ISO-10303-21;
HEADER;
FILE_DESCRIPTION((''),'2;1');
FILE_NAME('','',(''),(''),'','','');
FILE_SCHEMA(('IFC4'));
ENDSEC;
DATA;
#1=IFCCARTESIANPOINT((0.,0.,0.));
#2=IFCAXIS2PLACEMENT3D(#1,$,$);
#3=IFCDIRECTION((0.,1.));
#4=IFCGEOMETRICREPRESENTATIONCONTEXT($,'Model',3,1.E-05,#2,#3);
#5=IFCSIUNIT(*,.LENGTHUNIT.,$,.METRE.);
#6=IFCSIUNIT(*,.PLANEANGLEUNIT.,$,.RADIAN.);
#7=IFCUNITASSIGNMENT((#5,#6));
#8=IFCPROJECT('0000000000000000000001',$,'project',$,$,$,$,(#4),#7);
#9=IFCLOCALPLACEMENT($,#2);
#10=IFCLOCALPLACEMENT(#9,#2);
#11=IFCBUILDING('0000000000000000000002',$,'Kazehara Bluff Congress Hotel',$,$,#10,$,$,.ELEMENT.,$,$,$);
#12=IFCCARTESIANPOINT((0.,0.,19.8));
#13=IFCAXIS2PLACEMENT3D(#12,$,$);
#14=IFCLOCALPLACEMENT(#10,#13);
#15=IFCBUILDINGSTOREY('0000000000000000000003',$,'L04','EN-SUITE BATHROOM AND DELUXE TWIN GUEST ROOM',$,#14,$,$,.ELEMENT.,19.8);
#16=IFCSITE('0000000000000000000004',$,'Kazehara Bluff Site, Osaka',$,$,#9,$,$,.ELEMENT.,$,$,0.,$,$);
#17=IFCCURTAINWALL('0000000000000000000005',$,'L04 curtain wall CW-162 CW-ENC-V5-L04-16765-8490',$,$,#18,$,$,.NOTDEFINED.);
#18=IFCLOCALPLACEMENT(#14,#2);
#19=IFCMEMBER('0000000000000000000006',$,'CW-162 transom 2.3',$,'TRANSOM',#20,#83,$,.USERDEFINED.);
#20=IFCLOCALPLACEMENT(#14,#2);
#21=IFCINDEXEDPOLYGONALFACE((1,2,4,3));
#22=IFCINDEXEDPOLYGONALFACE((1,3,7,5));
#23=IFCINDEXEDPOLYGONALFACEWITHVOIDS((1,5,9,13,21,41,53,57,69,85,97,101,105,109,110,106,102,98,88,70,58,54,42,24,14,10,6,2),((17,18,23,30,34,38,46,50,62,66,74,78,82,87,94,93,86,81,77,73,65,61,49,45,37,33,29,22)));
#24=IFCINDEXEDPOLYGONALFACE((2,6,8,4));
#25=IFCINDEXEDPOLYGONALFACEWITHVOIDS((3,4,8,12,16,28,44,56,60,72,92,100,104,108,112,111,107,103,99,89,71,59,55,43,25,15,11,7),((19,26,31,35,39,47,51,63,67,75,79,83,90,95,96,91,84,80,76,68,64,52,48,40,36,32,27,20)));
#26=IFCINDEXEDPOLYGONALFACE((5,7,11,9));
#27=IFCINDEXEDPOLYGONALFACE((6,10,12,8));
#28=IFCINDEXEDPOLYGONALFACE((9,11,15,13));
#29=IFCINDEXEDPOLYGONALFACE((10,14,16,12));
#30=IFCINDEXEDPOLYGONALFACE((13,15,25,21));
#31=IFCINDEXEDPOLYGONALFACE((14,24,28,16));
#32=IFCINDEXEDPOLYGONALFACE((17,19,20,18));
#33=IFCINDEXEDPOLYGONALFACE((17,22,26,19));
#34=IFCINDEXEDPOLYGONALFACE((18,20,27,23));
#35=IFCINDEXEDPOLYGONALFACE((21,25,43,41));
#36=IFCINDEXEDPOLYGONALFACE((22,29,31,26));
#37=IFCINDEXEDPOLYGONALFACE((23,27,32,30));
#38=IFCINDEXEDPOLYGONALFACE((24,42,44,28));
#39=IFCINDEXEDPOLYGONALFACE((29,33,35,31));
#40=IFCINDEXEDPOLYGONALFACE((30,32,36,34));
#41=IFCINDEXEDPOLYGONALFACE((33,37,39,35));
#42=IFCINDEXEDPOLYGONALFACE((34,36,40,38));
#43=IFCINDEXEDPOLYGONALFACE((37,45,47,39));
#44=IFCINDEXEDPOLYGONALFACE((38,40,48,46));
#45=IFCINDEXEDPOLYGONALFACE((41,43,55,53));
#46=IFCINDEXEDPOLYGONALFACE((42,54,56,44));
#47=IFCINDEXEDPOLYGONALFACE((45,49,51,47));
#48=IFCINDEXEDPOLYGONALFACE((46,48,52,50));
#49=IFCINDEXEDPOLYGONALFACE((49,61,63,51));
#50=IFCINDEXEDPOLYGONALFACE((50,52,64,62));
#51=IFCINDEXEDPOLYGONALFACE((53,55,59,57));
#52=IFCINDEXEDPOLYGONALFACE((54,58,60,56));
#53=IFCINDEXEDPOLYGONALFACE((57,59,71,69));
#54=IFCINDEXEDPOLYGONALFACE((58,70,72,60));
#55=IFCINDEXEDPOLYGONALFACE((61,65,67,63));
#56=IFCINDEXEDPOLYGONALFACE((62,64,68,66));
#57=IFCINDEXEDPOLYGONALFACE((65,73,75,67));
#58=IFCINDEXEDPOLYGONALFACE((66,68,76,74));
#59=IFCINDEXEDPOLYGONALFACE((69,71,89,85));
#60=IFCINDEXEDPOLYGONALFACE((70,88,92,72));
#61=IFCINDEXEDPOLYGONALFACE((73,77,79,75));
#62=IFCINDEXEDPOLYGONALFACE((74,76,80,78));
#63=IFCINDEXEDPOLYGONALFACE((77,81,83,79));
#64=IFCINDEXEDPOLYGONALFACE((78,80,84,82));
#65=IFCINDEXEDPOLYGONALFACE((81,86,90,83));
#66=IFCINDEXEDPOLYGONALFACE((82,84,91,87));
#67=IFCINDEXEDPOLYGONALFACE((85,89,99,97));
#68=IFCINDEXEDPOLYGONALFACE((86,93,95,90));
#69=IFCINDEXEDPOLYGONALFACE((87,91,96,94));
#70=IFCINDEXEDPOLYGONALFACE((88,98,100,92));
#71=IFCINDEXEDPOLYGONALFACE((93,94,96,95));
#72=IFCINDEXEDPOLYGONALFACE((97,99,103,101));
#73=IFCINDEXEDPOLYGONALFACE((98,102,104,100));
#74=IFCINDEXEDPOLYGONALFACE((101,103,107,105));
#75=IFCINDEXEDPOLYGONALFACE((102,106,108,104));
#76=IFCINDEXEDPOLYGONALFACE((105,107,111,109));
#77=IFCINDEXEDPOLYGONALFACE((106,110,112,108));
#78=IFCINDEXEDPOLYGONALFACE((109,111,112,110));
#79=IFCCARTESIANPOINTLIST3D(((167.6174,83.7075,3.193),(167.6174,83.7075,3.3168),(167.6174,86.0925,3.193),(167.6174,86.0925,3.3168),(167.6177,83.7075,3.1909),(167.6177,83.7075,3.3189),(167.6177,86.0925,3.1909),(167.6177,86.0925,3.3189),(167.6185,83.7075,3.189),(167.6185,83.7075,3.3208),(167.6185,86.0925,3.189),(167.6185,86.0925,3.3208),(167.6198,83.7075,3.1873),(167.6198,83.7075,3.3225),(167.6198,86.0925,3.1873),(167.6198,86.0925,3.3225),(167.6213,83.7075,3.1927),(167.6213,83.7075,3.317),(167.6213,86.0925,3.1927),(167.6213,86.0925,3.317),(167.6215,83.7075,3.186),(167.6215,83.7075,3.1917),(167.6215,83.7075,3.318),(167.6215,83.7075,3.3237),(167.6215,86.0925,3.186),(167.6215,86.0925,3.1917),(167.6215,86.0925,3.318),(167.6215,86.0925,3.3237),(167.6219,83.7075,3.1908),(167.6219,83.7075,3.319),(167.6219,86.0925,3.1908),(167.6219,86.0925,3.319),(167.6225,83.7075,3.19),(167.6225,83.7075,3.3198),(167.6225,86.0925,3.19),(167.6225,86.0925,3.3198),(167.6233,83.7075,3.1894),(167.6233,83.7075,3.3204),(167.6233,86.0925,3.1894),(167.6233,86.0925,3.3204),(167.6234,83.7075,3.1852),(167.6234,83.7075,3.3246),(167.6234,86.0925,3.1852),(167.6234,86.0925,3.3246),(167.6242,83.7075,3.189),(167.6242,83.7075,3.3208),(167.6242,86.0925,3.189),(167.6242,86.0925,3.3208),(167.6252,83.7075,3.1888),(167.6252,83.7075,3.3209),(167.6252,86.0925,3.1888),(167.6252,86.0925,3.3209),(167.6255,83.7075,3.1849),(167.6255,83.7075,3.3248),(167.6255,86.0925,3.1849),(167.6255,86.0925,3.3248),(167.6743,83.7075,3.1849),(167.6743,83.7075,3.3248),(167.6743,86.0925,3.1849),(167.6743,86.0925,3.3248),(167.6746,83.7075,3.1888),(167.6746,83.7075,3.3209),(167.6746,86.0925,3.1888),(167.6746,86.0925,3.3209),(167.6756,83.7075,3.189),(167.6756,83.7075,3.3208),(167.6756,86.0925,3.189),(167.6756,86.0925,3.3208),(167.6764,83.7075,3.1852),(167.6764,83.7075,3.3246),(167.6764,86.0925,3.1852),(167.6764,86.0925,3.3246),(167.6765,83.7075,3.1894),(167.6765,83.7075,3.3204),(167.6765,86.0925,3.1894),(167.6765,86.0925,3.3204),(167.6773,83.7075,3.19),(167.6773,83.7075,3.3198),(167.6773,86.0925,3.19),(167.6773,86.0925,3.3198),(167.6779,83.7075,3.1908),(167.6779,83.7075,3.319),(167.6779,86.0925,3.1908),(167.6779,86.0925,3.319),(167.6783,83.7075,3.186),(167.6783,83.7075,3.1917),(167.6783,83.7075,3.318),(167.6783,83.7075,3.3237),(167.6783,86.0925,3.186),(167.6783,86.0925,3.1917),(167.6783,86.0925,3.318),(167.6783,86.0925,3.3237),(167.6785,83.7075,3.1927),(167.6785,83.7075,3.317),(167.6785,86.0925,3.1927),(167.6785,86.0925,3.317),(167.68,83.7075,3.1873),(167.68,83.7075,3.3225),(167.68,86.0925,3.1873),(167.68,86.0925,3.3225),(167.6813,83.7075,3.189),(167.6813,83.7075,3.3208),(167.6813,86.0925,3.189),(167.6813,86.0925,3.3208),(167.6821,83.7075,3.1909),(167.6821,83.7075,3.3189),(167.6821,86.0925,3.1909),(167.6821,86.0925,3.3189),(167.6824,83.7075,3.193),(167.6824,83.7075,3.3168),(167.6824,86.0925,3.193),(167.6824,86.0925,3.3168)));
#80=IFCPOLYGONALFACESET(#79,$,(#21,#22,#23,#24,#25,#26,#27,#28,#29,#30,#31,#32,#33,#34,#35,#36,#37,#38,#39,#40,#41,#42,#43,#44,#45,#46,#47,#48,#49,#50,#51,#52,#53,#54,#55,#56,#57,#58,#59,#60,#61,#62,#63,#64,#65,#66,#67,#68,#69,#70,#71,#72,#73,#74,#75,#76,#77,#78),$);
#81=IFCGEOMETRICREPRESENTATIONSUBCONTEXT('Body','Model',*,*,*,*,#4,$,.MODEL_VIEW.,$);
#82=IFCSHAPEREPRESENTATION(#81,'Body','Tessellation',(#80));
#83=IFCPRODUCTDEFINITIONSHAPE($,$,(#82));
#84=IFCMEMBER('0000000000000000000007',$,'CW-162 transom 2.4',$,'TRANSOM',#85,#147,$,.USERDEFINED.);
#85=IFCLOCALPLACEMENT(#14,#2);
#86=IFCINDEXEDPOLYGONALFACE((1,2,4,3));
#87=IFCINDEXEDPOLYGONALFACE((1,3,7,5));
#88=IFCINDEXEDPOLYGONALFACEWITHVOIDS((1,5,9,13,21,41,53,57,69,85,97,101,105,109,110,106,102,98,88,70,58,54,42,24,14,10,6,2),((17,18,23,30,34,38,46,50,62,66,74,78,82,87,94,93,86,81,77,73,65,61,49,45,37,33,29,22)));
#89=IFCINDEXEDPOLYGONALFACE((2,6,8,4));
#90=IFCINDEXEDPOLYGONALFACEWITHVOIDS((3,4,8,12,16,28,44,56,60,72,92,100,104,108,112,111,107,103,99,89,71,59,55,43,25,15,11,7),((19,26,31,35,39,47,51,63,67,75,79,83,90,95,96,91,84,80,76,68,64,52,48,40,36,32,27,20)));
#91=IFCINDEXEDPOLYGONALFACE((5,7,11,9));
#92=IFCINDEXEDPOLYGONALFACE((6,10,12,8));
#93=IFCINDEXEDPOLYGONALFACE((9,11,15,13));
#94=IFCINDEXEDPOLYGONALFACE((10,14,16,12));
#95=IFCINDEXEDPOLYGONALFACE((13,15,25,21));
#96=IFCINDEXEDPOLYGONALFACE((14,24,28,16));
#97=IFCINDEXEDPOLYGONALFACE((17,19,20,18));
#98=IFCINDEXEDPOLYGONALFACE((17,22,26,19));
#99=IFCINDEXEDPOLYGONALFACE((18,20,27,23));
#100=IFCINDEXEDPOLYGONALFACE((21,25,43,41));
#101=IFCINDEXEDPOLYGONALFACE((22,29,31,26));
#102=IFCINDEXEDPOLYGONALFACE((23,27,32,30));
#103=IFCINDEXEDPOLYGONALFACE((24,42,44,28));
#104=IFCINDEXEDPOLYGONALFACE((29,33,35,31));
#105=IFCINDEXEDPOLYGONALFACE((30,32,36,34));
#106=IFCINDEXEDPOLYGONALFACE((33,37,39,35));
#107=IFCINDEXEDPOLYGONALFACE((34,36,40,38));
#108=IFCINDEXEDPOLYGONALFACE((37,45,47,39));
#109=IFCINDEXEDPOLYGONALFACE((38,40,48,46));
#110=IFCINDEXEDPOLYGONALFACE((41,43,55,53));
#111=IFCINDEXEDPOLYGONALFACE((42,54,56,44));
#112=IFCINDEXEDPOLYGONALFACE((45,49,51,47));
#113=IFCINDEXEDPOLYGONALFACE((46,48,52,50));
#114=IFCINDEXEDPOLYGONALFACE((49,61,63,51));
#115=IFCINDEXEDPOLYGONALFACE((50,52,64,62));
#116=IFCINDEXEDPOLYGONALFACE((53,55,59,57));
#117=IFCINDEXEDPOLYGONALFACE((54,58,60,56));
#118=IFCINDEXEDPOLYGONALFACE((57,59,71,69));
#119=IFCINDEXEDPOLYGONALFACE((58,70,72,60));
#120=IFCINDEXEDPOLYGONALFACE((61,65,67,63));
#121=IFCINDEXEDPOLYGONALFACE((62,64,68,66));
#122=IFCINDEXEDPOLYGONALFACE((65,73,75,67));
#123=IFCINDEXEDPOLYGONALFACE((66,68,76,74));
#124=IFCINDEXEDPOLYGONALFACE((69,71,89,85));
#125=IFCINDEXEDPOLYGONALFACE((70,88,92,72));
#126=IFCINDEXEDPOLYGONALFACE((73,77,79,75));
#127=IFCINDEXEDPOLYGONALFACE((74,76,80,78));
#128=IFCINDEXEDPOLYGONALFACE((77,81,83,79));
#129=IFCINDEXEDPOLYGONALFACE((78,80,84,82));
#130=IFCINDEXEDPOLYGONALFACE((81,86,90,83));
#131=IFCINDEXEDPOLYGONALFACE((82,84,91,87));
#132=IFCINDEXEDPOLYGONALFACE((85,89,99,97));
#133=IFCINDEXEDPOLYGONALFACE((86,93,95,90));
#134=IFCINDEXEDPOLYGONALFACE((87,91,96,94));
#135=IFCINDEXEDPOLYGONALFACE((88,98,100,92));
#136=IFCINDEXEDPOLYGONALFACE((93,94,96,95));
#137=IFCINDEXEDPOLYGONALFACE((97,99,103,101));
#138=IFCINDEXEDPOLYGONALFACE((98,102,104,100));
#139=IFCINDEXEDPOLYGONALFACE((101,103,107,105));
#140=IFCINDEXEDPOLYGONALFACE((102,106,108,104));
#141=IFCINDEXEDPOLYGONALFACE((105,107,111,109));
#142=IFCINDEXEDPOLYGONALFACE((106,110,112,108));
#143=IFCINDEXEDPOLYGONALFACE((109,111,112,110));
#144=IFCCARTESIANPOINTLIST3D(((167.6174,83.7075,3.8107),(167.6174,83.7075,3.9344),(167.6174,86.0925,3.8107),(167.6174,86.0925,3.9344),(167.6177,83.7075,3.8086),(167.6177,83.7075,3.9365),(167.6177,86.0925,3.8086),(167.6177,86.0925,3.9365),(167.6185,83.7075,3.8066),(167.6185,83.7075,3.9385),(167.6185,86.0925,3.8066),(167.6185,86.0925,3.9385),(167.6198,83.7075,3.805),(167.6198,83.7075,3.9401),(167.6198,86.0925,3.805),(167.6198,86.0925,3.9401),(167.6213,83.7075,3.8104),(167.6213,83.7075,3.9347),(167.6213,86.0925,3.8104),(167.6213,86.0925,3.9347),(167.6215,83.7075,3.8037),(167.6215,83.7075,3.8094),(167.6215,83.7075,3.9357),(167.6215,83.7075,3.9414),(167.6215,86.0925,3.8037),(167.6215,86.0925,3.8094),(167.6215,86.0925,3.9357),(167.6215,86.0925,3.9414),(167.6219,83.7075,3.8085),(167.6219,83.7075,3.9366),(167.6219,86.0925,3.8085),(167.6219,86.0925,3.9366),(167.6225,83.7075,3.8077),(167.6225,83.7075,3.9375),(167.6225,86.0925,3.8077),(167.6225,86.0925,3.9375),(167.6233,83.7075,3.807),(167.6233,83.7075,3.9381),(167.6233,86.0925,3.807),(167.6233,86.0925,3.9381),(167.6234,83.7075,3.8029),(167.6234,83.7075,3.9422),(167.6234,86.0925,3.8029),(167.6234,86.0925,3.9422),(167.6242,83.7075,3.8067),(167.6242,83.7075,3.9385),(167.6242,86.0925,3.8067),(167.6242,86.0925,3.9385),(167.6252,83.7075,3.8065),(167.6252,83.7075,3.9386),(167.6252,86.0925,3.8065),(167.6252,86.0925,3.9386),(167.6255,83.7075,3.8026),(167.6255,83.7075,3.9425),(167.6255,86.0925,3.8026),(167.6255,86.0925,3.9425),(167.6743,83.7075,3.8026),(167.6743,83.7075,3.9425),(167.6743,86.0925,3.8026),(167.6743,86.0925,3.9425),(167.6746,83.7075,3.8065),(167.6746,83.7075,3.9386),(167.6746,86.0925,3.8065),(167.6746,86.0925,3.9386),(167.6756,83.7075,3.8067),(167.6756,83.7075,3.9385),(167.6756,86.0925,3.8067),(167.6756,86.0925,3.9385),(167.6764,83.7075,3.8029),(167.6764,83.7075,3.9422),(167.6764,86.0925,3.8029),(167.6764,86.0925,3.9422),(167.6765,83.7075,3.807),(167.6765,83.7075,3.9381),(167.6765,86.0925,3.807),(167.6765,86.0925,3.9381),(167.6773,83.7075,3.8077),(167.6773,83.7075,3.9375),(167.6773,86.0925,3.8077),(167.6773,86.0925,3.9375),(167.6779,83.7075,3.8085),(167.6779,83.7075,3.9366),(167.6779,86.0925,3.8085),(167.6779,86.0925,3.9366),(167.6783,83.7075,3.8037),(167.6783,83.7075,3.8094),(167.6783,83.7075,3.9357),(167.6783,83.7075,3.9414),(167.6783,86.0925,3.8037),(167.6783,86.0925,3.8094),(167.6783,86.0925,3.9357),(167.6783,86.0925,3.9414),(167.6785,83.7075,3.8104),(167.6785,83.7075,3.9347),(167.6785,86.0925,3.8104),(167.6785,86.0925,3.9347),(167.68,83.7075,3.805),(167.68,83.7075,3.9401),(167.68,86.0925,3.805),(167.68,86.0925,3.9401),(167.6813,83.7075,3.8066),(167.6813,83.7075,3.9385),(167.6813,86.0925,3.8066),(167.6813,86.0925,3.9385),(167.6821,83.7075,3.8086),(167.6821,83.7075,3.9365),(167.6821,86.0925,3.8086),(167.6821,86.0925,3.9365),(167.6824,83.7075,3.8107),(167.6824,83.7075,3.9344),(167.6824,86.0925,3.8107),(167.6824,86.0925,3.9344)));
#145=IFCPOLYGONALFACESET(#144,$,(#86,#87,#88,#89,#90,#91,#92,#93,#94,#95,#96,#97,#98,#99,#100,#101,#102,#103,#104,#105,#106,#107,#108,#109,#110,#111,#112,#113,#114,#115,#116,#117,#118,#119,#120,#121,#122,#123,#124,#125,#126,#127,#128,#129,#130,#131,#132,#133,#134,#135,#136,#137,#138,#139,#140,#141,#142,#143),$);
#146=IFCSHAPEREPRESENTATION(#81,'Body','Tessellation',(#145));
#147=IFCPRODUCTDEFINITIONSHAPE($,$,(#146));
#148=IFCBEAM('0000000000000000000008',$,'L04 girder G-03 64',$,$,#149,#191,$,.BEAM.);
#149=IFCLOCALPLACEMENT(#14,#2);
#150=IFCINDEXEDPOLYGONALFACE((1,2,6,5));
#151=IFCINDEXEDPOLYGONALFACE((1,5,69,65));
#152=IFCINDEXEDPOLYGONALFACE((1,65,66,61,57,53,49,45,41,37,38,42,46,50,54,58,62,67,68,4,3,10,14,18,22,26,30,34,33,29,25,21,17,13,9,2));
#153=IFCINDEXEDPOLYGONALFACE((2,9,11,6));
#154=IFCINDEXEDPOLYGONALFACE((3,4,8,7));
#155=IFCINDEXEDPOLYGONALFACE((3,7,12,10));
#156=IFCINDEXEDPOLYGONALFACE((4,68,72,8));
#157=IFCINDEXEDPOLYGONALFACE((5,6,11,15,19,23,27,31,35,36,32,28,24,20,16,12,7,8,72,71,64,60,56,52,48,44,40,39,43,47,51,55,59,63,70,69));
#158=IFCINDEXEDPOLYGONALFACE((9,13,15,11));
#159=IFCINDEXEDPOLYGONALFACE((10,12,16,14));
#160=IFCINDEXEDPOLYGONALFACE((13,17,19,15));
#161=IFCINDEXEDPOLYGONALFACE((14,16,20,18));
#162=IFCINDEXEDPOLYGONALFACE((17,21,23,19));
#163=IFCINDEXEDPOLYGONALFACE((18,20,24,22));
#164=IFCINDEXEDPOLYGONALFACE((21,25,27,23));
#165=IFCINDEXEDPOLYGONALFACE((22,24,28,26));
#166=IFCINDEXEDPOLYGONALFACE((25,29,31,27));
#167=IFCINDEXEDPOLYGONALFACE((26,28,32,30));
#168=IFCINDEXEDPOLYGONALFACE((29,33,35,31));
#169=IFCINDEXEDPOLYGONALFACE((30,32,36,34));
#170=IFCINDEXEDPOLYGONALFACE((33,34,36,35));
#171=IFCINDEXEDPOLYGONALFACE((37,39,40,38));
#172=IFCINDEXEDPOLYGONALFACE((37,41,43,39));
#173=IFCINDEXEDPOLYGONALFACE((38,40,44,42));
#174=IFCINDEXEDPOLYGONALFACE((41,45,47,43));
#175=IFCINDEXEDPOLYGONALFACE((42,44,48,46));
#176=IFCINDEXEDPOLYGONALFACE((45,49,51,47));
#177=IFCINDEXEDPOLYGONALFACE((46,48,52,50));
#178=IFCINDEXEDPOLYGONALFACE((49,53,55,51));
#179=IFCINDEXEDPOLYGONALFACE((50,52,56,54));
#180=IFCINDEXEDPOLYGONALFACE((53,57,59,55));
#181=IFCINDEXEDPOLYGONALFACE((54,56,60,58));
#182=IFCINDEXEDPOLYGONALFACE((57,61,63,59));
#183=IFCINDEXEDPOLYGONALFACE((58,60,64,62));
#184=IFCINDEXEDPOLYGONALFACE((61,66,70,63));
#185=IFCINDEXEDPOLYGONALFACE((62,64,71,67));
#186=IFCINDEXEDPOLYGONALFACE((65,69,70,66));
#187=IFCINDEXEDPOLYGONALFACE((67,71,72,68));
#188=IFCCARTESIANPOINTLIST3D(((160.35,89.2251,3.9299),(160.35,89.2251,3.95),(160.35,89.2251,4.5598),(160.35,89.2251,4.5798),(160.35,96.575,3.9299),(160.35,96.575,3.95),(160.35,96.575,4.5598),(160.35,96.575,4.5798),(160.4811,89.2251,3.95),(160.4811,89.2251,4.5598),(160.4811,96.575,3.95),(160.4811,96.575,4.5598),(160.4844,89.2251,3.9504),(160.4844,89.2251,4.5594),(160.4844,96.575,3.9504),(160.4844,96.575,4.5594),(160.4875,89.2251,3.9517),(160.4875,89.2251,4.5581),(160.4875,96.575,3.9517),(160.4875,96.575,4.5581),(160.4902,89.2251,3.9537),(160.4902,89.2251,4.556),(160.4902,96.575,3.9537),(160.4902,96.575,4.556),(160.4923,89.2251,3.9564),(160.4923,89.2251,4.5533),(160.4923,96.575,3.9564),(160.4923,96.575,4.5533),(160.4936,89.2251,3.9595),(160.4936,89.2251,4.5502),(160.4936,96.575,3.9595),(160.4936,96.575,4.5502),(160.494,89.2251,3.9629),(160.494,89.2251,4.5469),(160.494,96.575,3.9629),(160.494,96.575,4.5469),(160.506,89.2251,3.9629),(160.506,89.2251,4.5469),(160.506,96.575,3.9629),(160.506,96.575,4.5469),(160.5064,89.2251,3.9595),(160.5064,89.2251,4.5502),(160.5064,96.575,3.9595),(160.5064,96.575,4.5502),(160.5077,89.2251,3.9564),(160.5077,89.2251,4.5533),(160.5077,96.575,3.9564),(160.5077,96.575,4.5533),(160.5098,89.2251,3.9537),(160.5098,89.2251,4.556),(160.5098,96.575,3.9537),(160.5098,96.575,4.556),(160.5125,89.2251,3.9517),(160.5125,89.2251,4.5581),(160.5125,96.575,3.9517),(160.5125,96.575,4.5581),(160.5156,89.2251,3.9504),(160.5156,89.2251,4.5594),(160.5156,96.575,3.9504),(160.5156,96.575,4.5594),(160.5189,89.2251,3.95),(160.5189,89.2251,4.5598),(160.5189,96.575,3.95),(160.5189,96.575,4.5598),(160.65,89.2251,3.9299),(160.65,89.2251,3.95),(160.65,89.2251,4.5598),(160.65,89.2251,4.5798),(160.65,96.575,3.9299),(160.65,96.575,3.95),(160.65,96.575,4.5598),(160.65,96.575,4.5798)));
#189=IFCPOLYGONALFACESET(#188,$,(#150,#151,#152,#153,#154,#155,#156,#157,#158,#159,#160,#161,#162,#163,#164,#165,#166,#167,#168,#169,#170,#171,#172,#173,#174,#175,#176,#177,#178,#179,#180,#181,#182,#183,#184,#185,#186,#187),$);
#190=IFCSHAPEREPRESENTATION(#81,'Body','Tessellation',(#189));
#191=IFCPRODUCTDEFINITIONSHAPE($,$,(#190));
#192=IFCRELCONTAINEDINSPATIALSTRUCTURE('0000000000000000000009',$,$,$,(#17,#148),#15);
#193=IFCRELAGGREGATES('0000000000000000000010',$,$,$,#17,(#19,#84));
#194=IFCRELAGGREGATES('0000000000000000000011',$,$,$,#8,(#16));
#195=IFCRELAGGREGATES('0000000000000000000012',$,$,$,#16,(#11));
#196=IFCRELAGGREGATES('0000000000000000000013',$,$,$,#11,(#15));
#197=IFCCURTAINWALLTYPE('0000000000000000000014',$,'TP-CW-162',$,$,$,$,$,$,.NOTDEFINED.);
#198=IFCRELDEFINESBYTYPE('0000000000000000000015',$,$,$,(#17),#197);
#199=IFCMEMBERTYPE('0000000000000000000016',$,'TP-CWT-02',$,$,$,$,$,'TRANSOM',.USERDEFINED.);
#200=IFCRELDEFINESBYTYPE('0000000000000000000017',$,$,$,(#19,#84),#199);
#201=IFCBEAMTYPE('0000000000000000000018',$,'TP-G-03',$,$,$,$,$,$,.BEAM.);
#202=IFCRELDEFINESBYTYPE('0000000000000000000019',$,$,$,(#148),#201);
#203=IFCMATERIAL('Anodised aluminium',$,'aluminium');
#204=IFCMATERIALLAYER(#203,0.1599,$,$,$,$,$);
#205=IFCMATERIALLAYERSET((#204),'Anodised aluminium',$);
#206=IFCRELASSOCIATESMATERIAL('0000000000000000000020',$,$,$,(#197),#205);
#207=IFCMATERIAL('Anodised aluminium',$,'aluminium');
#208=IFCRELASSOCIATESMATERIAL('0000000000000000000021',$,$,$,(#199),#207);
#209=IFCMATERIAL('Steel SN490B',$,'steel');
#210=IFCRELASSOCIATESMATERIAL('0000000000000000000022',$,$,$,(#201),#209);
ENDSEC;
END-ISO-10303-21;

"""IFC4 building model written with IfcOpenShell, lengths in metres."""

from ifc_helpers import new_model, si_unit, direction, frame, origin, origin_2d, place, context, subcontext, project, spatial, hollow_rectangle, i_section, extrude, material, layer, layer_set, material_profile, profile_set, type_object, element, aggregate, save


model = new_model("IFC4")

# Units and contexts
model_context = context("Model", 3, precision=1e-05, world=origin(), true_north=direction((0.0, 1.0)))
body_context = subcontext(model_context, "Body", "Model", "MODEL_VIEW")
ifc_project = project(units=[si_unit("LENGTHUNIT", "METRE"), si_unit("PLANEANGLEUNIT", "RADIAN")], contexts=[model_context])

# Site, building, storey
site_placement = place(None, origin())
site = spatial("IfcSite", under=ifc_project, at=site_placement, Name="Kazehara Bluff Site, Osaka", CompositionType="ELEMENT", RefElevation=0.0)
building_placement = place(site_placement, origin())
building = spatial("IfcBuilding", under=site, at=building_placement, Name="Kazehara Bluff Congress Hotel", CompositionType="ELEMENT")
storey_placement = place(building_placement, frame((0.0, 0.0, 19.8)))
storey = spatial("IfcBuildingStorey", under=building, at=storey_placement, Name="L04", Description="EN-SUITE BATHROOM AND DELUXE TWIN GUEST ROOM", CompositionType="ELEMENT", Elevation=19.8)

# Curtain wall, members
ifc_material_1 = material(Name="Anodised aluminium", Category="aluminium")
ifc_layer_1 = layer(ifc_material_1, 0.1599)
ifc_layer_set_1 = layer_set([ifc_layer_1], Name="Anodised aluminium")
curtain_wall_type = type_object("IfcCurtainWallType", Name="TP-CW-162", PredefinedType="NOTDEFINED", material=ifc_layer_set_1)
curtain_wall_placement = place(storey_placement, origin())
curtain_wall = element("IfcCurtainWall", 1, at=curtain_wall_placement, inside=storey, type_object=curtain_wall_type, Name="L04 curtain wall CW-162 CW-ENC-V5-L04-16765-8490", PredefinedType="NOTDEFINED")
ifc_material_2 = material(Name="Anodised aluminium", Category="aluminium")
ifc_material_profile_1 = material_profile(ifc_material_2, hollow_rectangle(XDim=0.0649, YDim=0.1399, WallThickness=0.0039, InnerFilletRadius=0.0039, OuterFilletRadius=0.0081, at=origin_2d()))
ifc_profile_set_1 = profile_set([ifc_material_profile_1], Name="Anodised aluminium")
member_type = type_object("IfcMemberType", Name="TP-CWT-02", ElementType="TRANSOM", PredefinedType="USERDEFINED", material=ifc_profile_set_1)
member_1_placement = place(storey_placement, frame((167.6499, 86.0925, 3.2549), z_axis=(0.0, -1.0, 0.0), x_axis=(1.0, 0.0, 0.0)))
member_1 = element("IfcMember", 2, at=member_1_placement, type_object=member_type, Name="CW-162 transom 2.3", ObjectType="TRANSOM", PredefinedType="USERDEFINED", context=body_context, shape_type="SweptSolid", body=[
    extrude(hollow_rectangle(XDim=0.0649, YDim=0.1399, WallThickness=0.0039, InnerFilletRadius=0.0039, OuterFilletRadius=0.0081, at=origin_2d()), origin(), (0.0, 0.0, 1.0), 2.385),
])
member_2_placement = place(storey_placement, frame((167.6499, 86.0925, 3.8726), z_axis=(0.0, -1.0, 0.0), x_axis=(1.0, 0.0, 0.0)))
member_2 = element("IfcMember", 3, at=member_2_placement, type_object=member_type, Name="CW-162 transom 2.4", ObjectType="TRANSOM", PredefinedType="USERDEFINED", context=body_context, shape_type="SweptSolid", body=[
    extrude(hollow_rectangle(XDim=0.0649, YDim=0.1399, WallThickness=0.0039, InnerFilletRadius=0.0039, OuterFilletRadius=0.0081, at=origin_2d()), origin(), (0.0, 0.0, 1.0), 2.385),
])

# Beam
ifc_material_3 = material(Name="Steel SN490B", Category="steel")
ifc_material_profile_2 = material_profile(ifc_material_3, i_section(OverallWidth=0.3, OverallDepth=0.6499, WebThickness=0.012, FlangeThickness=0.02, FilletRadius=0.0129, at=origin_2d()))
ifc_profile_set_2 = profile_set([ifc_material_profile_2], Name="Steel SN490B")
beam_type_1 = type_object("IfcBeamType", Name="TP-G-03", PredefinedType="BEAM", material=ifc_profile_set_2)
beam_1_placement = place(storey_placement, frame((160.5, 89.2251, 4.2549), z_axis=(0.0, 1.0, 0.0), x_axis=(-1.0, 0.0, 0.0)))
element("IfcBeam", 4, at=beam_1_placement, inside=storey, type_object=beam_type_1, Name="L04 girder G-03 64", PredefinedType="BEAM", context=body_context, shape_type="SweptSolid", body=[
    extrude(i_section(OverallWidth=0.3, OverallDepth=0.6499, WebThickness=0.012, FlangeThickness=0.02, FilletRadius=0.0129, at=origin_2d()), origin(), (0.0, 0.0, 1.0), 7.3499),
])

aggregate(curtain_wall, [member_1, member_2])

save(model, "model.ifc")
